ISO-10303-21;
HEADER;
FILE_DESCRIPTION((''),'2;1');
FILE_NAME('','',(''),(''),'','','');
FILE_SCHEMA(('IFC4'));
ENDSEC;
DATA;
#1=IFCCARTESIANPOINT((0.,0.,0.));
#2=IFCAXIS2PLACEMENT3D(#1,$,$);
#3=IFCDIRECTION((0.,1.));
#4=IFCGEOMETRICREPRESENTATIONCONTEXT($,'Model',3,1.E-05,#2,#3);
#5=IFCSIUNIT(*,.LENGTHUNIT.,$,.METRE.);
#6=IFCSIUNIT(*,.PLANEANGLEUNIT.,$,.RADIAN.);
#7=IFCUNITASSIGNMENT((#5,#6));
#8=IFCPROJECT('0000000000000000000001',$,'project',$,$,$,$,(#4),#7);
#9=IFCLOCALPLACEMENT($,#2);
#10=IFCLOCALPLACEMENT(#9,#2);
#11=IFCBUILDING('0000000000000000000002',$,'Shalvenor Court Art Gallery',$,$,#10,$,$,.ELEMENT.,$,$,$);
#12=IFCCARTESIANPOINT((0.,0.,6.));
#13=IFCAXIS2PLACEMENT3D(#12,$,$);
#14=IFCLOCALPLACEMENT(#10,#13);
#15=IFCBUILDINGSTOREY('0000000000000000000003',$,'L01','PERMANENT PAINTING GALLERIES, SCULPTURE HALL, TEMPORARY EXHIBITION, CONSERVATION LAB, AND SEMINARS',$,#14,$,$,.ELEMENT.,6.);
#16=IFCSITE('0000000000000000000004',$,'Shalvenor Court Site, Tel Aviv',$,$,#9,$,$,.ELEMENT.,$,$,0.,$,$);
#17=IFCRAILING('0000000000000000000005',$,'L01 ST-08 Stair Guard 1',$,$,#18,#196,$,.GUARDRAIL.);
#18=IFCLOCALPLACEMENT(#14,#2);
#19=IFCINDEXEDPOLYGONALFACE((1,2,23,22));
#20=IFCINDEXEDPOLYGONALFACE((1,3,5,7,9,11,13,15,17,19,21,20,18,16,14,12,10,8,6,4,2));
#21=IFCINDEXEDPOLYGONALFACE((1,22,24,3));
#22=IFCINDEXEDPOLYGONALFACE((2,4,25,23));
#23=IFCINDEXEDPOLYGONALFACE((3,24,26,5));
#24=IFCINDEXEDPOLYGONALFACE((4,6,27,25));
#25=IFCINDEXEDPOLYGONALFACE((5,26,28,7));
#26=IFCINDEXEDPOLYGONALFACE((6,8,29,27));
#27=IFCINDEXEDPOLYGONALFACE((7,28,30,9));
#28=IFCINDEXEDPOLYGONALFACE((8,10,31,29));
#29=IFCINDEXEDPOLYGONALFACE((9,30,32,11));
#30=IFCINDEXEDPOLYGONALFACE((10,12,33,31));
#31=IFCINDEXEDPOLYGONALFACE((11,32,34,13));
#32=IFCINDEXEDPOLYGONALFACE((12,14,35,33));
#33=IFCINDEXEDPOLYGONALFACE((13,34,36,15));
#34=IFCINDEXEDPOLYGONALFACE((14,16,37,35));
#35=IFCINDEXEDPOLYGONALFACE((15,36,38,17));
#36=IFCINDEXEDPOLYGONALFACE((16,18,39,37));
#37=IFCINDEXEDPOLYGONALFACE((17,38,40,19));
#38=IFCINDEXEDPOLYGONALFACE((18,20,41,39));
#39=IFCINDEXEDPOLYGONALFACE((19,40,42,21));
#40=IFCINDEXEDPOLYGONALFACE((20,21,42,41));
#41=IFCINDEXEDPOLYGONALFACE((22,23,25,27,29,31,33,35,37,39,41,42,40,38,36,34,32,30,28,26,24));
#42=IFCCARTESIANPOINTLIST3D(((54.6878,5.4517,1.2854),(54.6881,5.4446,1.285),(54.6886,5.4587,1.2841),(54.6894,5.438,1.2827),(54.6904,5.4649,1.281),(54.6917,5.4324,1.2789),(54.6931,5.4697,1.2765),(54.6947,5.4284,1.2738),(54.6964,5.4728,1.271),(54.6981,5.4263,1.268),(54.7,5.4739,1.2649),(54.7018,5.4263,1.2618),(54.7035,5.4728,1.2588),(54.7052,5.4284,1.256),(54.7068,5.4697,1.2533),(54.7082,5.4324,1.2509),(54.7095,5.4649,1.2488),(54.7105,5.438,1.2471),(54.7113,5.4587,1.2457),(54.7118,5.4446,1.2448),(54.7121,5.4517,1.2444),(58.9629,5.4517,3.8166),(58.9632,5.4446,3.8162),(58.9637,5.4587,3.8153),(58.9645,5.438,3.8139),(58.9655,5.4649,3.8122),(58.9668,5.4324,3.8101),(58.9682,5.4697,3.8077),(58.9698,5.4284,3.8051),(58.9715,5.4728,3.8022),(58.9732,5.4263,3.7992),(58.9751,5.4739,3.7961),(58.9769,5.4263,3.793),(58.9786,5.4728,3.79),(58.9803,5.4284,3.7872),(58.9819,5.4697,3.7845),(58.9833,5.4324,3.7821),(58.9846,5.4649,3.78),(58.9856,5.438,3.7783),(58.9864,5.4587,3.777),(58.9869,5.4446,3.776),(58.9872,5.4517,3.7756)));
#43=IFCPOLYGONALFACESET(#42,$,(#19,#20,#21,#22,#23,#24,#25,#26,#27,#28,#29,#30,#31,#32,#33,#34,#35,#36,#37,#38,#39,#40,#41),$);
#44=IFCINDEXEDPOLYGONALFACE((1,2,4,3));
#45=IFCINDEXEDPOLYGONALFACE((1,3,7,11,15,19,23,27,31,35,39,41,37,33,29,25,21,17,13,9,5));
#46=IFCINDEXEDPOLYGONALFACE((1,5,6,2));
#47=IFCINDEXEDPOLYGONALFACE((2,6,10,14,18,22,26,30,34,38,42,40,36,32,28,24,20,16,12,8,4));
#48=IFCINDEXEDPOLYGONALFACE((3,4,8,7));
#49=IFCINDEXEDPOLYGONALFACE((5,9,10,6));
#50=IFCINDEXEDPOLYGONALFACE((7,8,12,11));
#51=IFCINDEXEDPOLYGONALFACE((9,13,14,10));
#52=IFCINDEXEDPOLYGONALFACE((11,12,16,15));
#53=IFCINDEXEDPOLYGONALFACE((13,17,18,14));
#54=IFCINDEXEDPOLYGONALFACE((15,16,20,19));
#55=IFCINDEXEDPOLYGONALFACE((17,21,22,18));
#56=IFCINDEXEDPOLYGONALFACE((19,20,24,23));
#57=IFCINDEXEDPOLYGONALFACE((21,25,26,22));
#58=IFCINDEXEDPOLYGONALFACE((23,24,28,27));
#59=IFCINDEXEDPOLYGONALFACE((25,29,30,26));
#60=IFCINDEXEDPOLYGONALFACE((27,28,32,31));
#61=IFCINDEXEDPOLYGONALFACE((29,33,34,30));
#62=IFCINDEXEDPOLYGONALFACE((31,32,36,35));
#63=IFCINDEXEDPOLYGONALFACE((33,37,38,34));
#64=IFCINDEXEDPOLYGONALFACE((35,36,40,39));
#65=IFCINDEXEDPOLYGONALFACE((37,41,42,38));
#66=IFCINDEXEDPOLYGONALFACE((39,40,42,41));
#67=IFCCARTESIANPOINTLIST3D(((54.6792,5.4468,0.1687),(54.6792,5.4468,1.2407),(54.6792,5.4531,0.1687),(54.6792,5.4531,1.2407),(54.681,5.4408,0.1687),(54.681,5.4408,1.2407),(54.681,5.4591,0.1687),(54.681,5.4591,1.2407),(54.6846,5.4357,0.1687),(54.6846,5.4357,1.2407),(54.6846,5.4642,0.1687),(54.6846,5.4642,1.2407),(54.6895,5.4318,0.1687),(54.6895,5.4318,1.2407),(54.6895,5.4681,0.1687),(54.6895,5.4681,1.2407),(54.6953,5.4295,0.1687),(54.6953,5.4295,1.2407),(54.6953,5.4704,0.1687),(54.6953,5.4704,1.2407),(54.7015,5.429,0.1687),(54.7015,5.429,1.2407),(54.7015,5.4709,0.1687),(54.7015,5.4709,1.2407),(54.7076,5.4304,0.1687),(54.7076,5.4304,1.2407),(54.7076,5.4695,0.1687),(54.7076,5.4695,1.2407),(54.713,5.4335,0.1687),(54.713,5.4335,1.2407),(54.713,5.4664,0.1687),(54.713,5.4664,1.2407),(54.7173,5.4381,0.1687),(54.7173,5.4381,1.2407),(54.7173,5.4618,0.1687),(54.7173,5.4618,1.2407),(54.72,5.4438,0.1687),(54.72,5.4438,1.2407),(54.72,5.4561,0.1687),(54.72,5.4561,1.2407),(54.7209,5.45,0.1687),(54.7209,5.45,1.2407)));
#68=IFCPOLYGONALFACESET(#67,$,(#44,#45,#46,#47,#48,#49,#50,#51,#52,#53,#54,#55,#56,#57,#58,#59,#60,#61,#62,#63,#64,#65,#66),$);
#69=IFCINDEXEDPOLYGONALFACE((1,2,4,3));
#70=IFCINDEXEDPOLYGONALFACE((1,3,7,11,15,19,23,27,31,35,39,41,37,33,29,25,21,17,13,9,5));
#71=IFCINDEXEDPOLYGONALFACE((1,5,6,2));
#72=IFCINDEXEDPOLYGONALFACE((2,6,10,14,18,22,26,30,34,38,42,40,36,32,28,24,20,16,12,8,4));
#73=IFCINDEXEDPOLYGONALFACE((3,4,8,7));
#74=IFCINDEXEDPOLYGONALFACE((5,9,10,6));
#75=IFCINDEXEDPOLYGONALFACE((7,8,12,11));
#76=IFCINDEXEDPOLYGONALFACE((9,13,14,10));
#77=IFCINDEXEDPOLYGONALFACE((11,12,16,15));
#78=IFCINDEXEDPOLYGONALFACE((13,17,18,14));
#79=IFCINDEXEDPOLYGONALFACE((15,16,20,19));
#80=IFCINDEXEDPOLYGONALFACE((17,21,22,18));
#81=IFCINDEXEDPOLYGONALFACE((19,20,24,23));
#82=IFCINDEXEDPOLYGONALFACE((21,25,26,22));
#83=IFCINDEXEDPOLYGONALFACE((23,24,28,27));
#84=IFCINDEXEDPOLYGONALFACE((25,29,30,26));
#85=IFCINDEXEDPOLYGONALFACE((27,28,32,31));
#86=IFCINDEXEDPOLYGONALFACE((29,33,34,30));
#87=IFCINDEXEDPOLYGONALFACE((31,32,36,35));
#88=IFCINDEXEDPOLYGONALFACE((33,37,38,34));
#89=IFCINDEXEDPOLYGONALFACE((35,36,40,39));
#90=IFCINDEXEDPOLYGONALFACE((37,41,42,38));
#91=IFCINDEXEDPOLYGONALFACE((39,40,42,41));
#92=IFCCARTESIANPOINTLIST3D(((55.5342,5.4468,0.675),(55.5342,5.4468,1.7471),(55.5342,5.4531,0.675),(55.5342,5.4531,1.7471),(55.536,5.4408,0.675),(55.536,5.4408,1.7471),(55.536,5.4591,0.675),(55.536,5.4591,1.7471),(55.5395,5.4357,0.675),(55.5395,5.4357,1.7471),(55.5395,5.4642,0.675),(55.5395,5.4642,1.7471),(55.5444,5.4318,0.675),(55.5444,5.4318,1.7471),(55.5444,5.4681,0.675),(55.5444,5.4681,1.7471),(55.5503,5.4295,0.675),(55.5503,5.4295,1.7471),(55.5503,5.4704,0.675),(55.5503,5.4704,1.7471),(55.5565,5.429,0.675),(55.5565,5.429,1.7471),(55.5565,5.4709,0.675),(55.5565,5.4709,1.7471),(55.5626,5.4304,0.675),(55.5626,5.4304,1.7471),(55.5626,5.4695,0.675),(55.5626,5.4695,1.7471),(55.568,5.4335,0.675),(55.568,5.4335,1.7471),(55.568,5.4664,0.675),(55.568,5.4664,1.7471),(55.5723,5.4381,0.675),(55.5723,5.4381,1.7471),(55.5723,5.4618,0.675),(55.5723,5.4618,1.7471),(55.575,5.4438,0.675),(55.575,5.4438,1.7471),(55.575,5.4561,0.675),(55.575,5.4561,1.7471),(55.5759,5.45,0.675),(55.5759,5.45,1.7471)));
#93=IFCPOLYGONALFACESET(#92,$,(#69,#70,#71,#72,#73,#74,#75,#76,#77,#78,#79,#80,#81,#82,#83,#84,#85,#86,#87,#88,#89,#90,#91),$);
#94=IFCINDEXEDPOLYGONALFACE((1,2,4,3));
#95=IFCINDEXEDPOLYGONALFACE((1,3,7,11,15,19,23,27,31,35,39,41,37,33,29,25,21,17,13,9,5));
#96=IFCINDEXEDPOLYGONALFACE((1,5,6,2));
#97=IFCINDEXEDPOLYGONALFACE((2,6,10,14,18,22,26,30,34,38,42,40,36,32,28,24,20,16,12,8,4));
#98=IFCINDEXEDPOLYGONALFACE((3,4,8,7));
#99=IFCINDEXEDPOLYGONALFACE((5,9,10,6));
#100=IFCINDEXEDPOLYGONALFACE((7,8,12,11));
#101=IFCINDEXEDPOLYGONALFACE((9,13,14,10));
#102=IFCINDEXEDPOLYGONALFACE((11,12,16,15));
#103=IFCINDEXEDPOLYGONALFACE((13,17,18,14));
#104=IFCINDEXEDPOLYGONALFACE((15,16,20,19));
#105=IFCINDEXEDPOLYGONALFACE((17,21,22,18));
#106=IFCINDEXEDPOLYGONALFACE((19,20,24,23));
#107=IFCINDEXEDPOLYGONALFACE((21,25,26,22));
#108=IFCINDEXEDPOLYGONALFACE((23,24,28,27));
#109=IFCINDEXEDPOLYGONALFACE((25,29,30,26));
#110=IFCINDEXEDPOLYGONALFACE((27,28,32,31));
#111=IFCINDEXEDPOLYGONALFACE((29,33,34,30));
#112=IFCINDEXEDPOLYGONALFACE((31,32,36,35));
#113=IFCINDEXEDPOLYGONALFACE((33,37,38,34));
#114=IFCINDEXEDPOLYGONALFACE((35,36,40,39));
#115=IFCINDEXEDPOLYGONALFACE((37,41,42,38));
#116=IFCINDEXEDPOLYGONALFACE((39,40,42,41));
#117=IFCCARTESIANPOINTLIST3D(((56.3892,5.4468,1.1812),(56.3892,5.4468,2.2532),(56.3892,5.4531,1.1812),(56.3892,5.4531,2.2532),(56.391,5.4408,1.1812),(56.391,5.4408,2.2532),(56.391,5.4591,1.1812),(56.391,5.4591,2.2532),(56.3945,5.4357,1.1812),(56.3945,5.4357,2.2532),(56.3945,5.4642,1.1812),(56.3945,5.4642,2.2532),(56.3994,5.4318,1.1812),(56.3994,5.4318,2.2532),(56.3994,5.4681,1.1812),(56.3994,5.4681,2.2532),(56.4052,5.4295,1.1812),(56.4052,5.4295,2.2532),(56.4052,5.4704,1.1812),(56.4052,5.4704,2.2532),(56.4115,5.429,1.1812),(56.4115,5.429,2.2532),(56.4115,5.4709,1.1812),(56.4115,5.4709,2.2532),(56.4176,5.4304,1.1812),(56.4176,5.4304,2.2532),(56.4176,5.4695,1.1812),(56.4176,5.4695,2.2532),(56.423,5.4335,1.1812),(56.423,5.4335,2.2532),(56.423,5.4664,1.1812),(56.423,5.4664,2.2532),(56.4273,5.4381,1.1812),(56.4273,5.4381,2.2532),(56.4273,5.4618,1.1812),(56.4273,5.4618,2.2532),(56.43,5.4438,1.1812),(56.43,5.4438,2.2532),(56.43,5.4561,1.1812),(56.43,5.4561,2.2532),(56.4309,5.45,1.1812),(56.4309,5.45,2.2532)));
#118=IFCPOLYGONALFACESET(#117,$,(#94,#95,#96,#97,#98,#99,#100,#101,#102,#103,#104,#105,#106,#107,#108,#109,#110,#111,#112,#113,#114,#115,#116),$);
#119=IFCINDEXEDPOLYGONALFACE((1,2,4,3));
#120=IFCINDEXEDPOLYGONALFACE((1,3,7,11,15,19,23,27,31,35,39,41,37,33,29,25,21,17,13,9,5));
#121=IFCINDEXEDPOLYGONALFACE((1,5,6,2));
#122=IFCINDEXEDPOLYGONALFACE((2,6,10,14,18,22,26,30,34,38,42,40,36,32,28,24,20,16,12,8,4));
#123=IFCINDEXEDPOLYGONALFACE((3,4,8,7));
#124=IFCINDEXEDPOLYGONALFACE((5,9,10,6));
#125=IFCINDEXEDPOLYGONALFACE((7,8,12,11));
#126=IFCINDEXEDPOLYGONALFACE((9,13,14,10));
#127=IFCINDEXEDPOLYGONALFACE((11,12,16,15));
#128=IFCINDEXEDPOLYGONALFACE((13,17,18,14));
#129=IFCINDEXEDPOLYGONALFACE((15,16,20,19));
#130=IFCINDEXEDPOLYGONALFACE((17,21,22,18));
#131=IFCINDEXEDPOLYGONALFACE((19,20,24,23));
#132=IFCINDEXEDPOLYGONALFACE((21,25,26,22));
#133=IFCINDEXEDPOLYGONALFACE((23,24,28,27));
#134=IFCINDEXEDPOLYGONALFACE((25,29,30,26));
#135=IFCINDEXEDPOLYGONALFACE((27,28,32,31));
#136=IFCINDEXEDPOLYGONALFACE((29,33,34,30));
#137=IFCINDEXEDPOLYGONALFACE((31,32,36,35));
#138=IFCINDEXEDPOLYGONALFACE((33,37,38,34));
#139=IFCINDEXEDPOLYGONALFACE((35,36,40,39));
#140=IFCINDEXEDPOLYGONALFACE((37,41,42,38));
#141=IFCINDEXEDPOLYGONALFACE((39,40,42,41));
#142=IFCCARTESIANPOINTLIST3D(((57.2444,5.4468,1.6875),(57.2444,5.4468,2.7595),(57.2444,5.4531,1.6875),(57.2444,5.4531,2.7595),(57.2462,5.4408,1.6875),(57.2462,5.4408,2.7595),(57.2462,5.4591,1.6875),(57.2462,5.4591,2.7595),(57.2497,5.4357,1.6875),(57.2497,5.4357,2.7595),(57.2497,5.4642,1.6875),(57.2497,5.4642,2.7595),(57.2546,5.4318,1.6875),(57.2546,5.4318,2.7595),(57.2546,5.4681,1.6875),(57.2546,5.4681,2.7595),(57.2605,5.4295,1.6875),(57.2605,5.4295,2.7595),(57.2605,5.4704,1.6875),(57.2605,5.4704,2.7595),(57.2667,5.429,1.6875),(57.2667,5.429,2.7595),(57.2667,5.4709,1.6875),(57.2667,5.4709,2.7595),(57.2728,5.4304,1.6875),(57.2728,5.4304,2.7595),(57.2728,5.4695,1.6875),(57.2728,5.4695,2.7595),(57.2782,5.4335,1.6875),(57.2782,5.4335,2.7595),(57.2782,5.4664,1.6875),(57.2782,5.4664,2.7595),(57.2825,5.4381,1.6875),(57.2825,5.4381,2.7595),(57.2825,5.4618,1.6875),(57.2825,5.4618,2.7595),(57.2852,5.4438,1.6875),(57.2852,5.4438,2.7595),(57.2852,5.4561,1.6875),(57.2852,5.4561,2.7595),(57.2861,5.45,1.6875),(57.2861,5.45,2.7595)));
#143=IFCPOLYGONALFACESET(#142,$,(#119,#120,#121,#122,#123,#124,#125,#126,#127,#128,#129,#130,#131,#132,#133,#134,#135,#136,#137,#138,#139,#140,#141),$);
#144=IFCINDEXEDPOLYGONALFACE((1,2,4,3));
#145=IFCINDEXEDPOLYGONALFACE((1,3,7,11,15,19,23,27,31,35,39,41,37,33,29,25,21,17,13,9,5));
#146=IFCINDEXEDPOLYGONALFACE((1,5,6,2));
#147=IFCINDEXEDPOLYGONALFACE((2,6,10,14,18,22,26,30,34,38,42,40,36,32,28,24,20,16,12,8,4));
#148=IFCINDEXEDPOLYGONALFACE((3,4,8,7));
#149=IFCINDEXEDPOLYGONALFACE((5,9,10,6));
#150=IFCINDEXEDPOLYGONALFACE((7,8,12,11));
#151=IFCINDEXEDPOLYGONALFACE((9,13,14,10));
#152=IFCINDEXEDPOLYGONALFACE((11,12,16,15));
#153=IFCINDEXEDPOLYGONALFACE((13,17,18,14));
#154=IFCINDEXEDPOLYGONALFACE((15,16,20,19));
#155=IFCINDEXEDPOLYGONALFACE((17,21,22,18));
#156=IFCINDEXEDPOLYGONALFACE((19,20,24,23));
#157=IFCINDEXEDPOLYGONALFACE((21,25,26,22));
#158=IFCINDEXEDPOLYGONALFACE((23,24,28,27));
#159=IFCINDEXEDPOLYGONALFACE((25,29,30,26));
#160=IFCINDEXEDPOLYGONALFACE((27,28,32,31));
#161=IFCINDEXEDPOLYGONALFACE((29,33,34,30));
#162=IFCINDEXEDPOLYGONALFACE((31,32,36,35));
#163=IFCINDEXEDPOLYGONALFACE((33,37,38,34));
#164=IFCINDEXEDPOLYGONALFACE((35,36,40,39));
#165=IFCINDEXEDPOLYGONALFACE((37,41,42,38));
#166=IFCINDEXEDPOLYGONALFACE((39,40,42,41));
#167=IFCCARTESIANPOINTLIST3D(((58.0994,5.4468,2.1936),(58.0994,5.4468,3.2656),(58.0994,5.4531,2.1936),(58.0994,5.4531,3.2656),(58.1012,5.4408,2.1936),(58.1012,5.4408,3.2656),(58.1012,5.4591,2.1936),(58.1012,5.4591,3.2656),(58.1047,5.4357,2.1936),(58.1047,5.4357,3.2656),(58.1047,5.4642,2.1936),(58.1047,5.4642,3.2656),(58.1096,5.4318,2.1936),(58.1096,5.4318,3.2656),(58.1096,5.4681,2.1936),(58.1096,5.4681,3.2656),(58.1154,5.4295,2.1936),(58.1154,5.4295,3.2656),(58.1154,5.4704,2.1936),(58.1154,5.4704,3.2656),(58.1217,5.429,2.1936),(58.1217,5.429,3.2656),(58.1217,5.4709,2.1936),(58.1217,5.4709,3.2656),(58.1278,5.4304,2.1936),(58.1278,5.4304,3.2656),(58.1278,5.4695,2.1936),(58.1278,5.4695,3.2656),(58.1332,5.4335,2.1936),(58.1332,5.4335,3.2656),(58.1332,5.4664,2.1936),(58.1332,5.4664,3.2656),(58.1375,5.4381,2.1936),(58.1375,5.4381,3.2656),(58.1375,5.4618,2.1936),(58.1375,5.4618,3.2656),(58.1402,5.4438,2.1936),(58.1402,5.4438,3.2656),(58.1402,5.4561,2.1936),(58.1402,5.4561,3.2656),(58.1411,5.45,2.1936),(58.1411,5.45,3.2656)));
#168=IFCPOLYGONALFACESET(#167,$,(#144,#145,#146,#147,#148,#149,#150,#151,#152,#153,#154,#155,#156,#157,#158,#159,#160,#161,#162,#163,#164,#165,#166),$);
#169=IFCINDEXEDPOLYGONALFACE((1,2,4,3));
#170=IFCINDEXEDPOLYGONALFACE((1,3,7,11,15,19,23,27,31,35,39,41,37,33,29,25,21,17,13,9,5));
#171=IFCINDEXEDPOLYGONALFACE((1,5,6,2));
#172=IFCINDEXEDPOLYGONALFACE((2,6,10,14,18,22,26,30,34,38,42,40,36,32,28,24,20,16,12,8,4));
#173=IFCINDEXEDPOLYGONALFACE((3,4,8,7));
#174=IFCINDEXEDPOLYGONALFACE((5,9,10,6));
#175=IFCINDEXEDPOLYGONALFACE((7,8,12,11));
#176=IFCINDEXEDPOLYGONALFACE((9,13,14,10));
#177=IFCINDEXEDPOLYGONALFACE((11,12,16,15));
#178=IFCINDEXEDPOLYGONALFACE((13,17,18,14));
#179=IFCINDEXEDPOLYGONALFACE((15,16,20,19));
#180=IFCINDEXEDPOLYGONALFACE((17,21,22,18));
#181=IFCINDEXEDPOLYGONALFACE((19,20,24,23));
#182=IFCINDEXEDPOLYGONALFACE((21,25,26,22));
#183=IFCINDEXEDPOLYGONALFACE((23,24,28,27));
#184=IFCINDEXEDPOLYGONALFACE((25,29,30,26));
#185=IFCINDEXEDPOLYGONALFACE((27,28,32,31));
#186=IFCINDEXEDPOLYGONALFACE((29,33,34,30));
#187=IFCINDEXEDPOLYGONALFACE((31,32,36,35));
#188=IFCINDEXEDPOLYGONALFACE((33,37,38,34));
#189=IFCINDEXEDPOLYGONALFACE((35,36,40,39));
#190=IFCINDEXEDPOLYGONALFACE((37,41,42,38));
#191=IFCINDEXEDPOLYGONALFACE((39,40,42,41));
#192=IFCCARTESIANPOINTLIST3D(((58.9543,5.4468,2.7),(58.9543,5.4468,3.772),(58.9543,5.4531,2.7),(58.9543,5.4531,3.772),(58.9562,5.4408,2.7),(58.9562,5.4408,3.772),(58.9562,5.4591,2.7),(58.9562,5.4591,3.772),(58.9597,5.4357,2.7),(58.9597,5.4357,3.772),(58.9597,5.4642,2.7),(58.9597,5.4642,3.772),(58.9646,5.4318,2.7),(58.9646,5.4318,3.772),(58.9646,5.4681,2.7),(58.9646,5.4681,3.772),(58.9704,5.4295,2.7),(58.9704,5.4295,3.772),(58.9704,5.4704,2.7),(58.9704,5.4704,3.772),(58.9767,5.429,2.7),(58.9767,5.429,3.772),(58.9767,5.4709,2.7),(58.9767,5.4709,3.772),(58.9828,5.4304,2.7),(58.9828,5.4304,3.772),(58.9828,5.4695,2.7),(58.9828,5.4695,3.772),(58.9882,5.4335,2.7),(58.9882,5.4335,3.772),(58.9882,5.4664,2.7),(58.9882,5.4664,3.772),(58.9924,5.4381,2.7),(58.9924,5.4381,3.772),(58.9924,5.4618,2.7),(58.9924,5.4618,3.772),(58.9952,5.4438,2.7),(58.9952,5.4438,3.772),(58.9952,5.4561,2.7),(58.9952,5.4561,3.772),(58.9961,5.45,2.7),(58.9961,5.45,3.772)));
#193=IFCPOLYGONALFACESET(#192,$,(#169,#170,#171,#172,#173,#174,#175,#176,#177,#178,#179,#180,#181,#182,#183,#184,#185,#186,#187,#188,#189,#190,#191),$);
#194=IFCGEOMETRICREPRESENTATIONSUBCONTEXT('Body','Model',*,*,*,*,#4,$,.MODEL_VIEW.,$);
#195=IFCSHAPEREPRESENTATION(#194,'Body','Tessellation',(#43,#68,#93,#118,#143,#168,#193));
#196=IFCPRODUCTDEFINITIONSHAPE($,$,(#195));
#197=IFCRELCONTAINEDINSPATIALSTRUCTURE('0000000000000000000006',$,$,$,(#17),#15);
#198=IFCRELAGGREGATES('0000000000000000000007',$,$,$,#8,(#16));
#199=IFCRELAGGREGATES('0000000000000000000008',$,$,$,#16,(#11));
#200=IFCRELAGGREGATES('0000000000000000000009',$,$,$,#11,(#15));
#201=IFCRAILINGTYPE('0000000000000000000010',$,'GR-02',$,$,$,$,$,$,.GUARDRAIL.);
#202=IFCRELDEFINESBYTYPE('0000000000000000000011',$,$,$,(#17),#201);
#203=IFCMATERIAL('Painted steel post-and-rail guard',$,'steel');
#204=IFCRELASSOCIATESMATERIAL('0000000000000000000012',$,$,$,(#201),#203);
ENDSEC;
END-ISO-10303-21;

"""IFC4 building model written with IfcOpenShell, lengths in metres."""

from ifc_helpers import new_model, si_unit, direction, frame, origin, origin_2d, place, context, subcontext, project, spatial, circle, extrude, material, type_object, element, save


model = new_model("IFC4")

# Units and contexts
model_context = context("Model", 3, precision=1e-05, world=origin(), true_north=direction((0.0, 1.0)))
body_context = subcontext(model_context, "Body", "Model", "MODEL_VIEW")
ifc_project = project(units=[si_unit("LENGTHUNIT", "METRE"), si_unit("PLANEANGLEUNIT", "RADIAN")], contexts=[model_context])

# Site, building, storey
site_placement = place(None, origin())
site = spatial("IfcSite", under=ifc_project, at=site_placement, Name="Shalvenor Court Site, Tel Aviv", CompositionType="ELEMENT", RefElevation=0.0)
building_placement = place(site_placement, origin())
building = spatial("IfcBuilding", under=site, at=building_placement, Name="Shalvenor Court Art Gallery", CompositionType="ELEMENT")
storey_placement = place(building_placement, frame((0.0, 0.0, 6.0)))
storey = spatial("IfcBuildingStorey", under=building, at=storey_placement, Name="L01", Description="PERMANENT PAINTING GALLERIES, SCULPTURE HALL, TEMPORARY EXHIBITION, CONSERVATION LAB, AND SEMINARS", CompositionType="ELEMENT", Elevation=6.0)

# Railing
ifc_material_1 = material(Name="Painted steel post-and-rail guard", Category="steel")
railing_type_1 = type_object("IfcRailingType", Name="GR-02", PredefinedType="GUARDRAIL", material=ifc_material_1)
railing_1_placement = place(storey_placement, frame((54.7, 5.45, 0.1687)))
element("IfcRailing", 1, at=railing_1_placement, inside=storey, type_object=railing_type_1, Name="L01 ST-08 Stair Guard 1", PredefinedType="GUARDRAIL", context=body_context, shape_type="SweptSolid", body=[
    extrude(circle(Radius=0.0239, at=origin_2d()), frame((0.0, 0.0, 1.0962), z_axis=(0.860483, 0.0, 0.509479), x_axis=(0.0, 1.0, 0.0)), (0.0, 0.0, 1.0), 4.9683),
    extrude(circle(Radius=0.021, at=origin_2d()), origin(), (0.0, 0.0, 1.0), 1.072),
    extrude(circle(Radius=0.021, at=origin_2d()), frame((0.855, 0.0, 0.5063)), (0.0, 0.0, 1.0), 1.072),
    extrude(circle(Radius=0.021, at=origin_2d()), frame((1.71, 0.0, 1.0125)), (0.0, 0.0, 1.0), 1.072),
    extrude(circle(Radius=0.021, at=origin_2d()), frame((2.5652, 0.0, 1.5188)), (0.0, 0.0, 1.0), 1.072),
    extrude(circle(Radius=0.021, at=origin_2d()), frame((3.4202, 0.0, 2.0249)), (0.0, 0.0, 1.0), 1.072),
    extrude(circle(Radius=0.021, at=origin_2d()), frame((4.2751, 0.0, 2.5312)), (0.0, 0.0, 1.0), 1.072),
])

save(model, "model.ifc")
